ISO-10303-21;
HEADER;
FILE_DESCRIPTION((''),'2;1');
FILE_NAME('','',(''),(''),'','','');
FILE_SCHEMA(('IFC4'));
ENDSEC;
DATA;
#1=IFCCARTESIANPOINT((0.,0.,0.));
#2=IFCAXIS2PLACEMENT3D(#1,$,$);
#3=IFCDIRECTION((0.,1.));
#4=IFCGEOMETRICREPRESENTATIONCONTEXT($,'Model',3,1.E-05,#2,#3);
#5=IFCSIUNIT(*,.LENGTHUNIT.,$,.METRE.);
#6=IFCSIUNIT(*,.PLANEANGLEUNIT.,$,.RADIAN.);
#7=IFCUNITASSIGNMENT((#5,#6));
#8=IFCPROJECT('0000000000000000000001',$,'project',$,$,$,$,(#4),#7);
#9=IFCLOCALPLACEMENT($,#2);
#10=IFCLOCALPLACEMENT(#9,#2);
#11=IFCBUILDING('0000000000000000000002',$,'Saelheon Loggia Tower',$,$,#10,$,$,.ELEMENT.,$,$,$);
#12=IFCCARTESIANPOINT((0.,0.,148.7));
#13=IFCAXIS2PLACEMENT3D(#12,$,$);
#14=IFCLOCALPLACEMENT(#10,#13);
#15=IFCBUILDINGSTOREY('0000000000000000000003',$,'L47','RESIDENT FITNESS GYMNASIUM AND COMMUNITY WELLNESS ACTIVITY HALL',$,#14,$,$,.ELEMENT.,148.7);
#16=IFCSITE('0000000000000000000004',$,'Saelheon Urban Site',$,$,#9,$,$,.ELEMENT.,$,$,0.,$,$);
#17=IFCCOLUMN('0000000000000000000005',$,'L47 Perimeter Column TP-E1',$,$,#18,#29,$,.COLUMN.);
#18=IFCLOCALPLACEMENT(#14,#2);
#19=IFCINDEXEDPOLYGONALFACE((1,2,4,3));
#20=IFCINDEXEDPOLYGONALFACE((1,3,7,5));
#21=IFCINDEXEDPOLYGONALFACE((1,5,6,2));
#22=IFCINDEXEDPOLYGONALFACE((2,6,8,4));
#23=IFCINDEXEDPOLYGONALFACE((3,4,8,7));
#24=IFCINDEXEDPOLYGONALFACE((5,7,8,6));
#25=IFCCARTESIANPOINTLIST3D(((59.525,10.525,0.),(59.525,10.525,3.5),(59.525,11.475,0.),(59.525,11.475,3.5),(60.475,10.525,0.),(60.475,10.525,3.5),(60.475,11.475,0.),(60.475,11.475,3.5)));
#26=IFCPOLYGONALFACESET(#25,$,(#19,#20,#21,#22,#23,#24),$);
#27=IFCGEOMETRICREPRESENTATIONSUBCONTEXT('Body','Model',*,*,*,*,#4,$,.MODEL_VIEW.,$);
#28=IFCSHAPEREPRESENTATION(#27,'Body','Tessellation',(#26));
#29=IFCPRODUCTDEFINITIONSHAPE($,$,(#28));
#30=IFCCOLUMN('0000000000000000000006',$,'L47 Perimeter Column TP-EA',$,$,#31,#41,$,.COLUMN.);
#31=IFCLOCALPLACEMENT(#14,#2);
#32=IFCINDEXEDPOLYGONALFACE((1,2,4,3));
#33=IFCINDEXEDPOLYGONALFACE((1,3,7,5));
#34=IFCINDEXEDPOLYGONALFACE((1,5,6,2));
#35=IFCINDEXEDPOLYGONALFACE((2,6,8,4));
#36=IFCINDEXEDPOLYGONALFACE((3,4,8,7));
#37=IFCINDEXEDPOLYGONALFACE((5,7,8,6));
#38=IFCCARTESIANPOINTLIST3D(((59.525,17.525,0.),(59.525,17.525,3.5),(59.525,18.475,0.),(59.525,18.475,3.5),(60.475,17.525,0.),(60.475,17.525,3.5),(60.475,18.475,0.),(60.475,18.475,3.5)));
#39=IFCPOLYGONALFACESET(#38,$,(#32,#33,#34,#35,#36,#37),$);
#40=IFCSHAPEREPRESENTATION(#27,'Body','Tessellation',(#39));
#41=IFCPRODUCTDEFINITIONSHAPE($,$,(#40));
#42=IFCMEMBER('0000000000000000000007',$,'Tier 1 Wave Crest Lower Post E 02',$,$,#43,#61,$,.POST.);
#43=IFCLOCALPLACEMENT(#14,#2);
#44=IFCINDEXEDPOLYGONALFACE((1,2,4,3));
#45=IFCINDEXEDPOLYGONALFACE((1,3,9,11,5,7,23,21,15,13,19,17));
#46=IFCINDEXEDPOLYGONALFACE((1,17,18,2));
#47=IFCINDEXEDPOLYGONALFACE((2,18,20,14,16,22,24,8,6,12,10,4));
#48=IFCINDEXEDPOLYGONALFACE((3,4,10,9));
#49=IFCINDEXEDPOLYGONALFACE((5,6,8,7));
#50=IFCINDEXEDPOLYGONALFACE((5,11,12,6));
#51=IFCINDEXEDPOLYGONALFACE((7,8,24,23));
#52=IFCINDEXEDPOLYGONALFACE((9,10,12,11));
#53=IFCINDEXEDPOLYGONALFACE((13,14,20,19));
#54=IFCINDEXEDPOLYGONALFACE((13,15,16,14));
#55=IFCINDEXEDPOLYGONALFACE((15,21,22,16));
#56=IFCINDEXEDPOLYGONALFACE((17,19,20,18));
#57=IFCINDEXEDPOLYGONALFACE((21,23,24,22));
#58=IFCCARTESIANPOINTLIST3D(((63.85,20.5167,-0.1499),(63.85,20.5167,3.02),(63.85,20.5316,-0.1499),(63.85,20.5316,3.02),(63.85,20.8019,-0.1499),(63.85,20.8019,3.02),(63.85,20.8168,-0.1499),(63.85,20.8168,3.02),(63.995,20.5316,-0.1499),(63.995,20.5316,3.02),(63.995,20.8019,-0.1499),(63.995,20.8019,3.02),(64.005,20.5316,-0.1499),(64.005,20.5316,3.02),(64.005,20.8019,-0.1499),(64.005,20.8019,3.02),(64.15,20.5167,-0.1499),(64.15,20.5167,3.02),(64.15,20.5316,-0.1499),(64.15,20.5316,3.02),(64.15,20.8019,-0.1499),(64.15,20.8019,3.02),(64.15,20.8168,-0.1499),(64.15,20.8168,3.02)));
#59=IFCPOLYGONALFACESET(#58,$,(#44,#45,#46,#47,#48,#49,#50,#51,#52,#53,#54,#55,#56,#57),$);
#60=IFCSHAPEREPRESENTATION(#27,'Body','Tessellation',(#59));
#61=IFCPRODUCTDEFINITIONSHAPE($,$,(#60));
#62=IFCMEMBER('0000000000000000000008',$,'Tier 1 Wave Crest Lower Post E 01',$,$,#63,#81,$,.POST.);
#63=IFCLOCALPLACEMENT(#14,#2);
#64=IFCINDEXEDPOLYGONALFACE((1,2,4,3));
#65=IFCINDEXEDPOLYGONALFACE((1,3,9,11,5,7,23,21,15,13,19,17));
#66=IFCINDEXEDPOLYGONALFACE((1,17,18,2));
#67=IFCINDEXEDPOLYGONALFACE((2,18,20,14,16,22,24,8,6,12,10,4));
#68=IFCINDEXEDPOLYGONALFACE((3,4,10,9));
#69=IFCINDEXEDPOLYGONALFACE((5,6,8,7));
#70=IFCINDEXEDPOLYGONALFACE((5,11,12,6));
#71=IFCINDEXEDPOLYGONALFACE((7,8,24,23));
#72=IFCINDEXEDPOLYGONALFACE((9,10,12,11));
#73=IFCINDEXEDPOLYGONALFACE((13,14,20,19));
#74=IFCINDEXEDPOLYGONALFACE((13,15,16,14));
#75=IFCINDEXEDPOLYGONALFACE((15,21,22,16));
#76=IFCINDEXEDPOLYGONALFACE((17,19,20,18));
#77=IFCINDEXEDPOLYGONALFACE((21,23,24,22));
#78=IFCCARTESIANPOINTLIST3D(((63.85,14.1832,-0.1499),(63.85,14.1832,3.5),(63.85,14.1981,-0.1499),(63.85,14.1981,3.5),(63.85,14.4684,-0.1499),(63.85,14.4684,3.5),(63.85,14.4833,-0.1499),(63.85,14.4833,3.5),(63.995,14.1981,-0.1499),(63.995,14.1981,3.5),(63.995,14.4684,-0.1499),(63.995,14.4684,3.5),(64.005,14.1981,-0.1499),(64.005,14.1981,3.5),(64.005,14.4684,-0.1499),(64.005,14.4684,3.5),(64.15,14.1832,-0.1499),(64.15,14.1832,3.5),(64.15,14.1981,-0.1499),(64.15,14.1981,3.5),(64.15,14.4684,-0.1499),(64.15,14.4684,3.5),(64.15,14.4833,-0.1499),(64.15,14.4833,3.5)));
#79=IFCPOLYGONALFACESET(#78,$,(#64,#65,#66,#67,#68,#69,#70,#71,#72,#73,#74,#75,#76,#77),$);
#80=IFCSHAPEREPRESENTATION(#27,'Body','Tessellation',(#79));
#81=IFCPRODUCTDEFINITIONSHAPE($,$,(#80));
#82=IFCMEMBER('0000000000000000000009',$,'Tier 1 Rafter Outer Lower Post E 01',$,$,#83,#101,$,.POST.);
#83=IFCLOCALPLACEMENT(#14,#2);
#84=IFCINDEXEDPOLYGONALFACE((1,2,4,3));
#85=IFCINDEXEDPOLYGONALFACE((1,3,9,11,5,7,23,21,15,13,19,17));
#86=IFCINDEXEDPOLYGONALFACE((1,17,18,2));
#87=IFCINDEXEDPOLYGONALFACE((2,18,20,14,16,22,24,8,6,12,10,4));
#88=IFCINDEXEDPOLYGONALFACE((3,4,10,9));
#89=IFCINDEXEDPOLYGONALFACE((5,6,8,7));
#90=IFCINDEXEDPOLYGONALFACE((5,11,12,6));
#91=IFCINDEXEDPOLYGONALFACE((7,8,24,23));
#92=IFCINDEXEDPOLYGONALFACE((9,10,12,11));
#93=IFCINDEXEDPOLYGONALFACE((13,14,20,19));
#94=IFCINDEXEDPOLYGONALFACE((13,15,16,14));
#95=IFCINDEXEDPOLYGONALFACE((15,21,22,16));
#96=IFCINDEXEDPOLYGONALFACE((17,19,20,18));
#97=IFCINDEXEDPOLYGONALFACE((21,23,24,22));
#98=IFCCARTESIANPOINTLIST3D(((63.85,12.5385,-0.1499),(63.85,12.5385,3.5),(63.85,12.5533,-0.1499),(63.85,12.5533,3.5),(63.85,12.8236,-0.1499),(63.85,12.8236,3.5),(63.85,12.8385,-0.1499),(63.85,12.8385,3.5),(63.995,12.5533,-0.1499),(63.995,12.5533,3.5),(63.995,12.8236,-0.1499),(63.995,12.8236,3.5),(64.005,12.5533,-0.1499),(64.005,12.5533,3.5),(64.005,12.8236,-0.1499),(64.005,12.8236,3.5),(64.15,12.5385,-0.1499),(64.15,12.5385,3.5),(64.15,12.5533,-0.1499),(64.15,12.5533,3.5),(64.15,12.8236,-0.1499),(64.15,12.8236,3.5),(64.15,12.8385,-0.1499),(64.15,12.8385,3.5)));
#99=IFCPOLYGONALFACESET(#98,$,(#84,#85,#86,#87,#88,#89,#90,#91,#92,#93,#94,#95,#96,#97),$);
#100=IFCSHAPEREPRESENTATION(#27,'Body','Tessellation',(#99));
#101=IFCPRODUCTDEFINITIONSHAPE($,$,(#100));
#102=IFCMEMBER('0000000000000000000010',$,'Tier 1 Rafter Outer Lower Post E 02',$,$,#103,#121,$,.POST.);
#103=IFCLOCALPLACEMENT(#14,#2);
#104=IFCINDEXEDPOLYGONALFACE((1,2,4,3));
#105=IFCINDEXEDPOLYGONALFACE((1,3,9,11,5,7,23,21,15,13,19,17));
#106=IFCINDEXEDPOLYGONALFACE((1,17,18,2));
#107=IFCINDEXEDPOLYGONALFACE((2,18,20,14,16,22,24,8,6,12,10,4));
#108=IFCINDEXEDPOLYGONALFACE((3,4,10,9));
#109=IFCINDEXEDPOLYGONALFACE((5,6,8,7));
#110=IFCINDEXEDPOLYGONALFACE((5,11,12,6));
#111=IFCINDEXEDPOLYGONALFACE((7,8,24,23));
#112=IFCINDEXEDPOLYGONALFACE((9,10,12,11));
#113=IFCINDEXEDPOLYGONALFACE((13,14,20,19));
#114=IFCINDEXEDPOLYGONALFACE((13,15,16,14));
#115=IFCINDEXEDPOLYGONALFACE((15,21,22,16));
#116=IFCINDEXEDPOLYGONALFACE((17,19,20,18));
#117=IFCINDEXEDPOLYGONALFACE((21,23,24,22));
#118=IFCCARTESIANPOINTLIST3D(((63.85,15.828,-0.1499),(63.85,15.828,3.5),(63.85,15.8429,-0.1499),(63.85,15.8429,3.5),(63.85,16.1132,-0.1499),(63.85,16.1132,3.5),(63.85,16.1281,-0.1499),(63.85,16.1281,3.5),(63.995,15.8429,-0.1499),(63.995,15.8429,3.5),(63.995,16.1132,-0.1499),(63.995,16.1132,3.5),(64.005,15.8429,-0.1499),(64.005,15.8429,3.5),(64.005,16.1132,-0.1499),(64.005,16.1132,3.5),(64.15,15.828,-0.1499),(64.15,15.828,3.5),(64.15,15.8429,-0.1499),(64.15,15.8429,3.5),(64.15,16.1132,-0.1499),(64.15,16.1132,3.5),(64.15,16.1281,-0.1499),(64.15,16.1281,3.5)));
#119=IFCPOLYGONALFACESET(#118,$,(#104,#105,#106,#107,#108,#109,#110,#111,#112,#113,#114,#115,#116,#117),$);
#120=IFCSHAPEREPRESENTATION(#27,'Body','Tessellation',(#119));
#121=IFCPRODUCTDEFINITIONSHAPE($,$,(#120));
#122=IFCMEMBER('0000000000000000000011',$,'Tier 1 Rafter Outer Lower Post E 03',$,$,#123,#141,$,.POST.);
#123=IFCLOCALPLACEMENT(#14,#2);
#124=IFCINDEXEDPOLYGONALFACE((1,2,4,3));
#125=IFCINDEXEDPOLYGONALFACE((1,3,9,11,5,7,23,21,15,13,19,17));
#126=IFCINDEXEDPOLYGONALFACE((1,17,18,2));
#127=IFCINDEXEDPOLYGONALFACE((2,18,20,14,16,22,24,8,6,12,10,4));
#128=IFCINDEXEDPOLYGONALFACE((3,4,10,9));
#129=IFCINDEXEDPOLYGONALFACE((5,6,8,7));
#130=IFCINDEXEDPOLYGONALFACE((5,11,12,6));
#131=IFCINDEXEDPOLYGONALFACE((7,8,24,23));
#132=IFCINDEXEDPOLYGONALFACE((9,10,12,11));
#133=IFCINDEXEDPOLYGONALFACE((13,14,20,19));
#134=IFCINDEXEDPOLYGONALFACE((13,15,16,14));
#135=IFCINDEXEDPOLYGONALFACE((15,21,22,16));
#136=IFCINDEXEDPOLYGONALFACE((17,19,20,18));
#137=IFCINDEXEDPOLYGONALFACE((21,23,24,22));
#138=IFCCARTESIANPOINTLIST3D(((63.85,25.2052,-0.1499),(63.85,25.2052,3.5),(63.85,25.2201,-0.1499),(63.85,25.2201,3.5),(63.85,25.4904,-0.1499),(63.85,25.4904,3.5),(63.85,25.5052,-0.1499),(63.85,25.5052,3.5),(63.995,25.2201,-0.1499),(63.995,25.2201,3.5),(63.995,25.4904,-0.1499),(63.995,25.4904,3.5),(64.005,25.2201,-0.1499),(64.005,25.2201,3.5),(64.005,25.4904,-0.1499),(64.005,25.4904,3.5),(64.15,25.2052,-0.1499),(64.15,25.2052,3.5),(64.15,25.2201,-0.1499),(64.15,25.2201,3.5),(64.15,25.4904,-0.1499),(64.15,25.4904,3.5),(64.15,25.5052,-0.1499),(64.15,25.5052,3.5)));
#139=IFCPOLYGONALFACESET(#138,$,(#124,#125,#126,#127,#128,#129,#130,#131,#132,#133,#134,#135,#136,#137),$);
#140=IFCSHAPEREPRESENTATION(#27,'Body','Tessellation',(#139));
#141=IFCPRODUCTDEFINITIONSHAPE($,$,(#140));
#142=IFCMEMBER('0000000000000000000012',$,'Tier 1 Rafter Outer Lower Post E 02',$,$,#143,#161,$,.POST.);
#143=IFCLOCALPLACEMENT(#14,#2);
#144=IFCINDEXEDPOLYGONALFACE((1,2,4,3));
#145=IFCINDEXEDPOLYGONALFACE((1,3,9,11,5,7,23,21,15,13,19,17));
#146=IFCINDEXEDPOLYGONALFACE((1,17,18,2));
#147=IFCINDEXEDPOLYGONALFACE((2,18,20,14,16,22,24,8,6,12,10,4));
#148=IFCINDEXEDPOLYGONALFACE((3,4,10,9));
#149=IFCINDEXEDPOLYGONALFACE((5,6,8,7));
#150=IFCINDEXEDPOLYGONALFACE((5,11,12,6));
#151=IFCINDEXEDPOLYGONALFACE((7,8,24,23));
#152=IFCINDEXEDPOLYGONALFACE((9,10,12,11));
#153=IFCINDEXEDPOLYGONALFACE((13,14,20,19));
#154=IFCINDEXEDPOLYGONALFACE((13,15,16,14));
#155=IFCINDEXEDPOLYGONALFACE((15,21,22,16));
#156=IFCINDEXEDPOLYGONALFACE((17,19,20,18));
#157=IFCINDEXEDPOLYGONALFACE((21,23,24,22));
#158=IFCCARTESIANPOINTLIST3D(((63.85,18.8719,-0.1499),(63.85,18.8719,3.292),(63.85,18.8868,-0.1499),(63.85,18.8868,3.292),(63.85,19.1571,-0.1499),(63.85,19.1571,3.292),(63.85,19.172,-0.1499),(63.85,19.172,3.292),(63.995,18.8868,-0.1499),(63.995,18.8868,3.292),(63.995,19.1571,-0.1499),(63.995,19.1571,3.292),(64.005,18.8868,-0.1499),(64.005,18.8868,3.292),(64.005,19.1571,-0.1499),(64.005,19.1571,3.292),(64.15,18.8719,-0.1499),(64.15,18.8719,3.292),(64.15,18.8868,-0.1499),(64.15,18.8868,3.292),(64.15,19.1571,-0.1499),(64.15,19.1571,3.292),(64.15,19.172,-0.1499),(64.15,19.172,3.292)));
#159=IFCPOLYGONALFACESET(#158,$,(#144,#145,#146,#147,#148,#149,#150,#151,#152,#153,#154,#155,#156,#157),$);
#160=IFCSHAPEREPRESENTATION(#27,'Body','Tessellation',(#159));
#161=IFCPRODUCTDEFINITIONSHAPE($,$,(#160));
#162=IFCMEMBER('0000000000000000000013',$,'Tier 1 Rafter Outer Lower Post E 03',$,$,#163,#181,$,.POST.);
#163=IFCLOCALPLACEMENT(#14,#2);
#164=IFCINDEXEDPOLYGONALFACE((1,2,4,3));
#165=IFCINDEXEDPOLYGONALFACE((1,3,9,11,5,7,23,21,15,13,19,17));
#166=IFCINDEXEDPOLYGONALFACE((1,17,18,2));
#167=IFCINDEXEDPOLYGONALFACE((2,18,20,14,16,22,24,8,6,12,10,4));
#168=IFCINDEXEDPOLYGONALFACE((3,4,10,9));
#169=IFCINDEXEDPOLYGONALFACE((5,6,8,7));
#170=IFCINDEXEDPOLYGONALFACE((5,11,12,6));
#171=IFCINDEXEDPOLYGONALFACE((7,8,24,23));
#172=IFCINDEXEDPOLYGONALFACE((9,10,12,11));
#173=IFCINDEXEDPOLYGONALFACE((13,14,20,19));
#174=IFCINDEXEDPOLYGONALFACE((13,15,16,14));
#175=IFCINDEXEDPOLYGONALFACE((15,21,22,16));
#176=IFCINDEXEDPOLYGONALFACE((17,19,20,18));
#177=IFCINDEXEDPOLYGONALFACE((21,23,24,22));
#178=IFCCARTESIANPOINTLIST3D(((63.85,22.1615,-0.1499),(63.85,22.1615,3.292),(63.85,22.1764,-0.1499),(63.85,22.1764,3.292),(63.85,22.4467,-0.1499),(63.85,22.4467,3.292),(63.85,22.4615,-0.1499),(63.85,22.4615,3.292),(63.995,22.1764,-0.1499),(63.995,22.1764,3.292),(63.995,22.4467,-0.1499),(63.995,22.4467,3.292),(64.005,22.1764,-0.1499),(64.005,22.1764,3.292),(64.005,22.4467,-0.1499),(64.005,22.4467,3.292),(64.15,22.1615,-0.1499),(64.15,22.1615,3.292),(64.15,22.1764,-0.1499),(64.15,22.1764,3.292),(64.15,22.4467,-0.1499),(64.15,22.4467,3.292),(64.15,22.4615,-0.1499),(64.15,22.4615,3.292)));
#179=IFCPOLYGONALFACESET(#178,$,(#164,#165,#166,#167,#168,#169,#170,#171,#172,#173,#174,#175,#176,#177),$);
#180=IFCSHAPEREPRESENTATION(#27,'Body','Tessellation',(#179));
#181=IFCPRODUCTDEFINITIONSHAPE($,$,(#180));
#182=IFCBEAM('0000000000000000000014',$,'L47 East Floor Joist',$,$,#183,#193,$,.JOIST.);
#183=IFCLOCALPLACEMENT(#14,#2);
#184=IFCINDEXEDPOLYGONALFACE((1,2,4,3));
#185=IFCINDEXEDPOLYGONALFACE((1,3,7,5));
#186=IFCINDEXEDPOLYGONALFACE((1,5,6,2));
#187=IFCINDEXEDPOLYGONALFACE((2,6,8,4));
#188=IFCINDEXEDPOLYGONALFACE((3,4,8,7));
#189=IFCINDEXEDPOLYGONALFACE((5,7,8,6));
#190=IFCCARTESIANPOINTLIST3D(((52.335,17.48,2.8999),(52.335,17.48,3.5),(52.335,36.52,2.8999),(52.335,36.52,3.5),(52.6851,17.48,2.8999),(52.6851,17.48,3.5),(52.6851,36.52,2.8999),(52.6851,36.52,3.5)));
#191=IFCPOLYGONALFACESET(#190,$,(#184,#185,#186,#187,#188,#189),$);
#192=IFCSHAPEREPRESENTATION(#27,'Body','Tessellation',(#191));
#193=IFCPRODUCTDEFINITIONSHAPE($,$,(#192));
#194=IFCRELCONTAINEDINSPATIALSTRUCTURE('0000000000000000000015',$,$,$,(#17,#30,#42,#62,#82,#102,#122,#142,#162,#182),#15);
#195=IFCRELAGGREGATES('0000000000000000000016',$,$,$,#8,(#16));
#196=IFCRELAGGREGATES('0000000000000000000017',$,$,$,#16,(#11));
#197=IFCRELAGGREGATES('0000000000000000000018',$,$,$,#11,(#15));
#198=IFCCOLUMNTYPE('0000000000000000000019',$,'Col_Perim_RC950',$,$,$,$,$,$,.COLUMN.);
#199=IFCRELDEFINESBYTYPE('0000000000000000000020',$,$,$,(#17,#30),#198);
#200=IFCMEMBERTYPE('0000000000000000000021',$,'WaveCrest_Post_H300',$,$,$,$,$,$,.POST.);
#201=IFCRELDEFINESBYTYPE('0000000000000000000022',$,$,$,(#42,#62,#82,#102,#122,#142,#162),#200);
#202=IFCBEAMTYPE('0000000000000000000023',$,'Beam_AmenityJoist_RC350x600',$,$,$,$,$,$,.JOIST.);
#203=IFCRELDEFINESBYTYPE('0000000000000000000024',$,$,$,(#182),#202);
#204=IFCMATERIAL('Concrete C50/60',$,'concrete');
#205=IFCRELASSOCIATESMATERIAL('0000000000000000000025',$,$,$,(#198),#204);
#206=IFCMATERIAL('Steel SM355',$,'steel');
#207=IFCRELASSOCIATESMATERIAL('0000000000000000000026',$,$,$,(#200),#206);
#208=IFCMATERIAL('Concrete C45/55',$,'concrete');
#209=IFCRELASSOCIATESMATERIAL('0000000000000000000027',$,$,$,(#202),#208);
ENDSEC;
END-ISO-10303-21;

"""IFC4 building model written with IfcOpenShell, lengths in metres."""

from ifc_helpers import new_model, si_unit, direction, frame, origin, origin_2d, place, context, subcontext, project, spatial, rectangle, i_section, extrude, source, transform, mapped, material, material_profile, profile_set, type_object, element, save


model = new_model("IFC4")

# Units and contexts
model_context = context("Model", 3, precision=1e-05, world=origin(), true_north=direction((0.0, 1.0)))
body_context = subcontext(model_context, "Body", "Model", "MODEL_VIEW")
ifc_project = project(units=[si_unit("LENGTHUNIT", "METRE"), si_unit("PLANEANGLEUNIT", "RADIAN")], contexts=[model_context])

# Site, building, storey
site_placement = place(None, origin())
site = spatial("IfcSite", under=ifc_project, at=site_placement, Name="Saelheon Urban Site", CompositionType="ELEMENT", RefElevation=0.0)
building_placement = place(site_placement, origin())
building = spatial("IfcBuilding", under=site, at=building_placement, Name="Saelheon Loggia Tower", CompositionType="ELEMENT")
storey_placement = place(building_placement, frame((0.0, 0.0, 148.7)))
storey = spatial("IfcBuildingStorey", under=building, at=storey_placement, Name="L47", Description="RESIDENT FITNESS GYMNASIUM AND COMMUNITY WELLNESS ACTIVITY HALL", CompositionType="ELEMENT", Elevation=148.7)

# Columns
ifc_material_1 = material(Name="Concrete C50/60", Category="concrete")
ifc_material_profile_1 = material_profile(ifc_material_1, rectangle(XDim=0.95, YDim=0.95, at=origin_2d()), Name="RC-950x950")
ifc_profile_set_1 = profile_set([ifc_material_profile_1], Name="Concrete C50/60")
column_type = type_object("IfcColumnType", Name="Col_Perim_RC950", PredefinedType="COLUMN", material=ifc_profile_set_1)
shared_shape_1 = source(origin(), body_context, "Body", "SweptSolid", [
    extrude(rectangle(XDim=0.95, YDim=0.95, at=origin_2d()), origin(), (0.0, 0.0, 1.0), 3.5),
])
for number, where, z_axis, x_axis, name in (
    (1, (60.0, 11.0, 0.0), (0.0, 0.0, 1.0), (1.0, 0.0, 0.0), "L47 Perimeter Column TP-E1"),
    (2, (60.0, 18.0, 0.0), (0.0, 0.0, 1.0), (1.0, 0.0, 0.0), "L47 Perimeter Column TP-EA"),
):
    element("IfcColumn", number, at=place(storey_placement, frame(where, z_axis=z_axis, x_axis=x_axis)), inside=storey, type_object=column_type, Name=name, PredefinedType="COLUMN", context=body_context, shape_type="MappedRepresentation", body=[
        mapped(shared_shape_1, transform((0.0, 0.0, 0.0), scale=1.0)),
    ])

# Members
ifc_material_2 = material(Name="Steel SM355", Category="steel")
ifc_material_profile_2 = material_profile(ifc_material_2, i_section(OverallWidth=0.3, OverallDepth=0.3, WebThickness=0.01, FlangeThickness=0.0149, at=origin_2d()), Name="H-300x300x10x15")
ifc_profile_set_2 = profile_set([ifc_material_profile_2], Name="Steel SM355")
member_type = type_object("IfcMemberType", Name="WaveCrest_Post_H300", PredefinedType="POST", material=ifc_profile_set_2)
shared_shape_2 = source(origin(), body_context, "Body", "SweptSolid", [
    extrude(i_section(OverallWidth=0.3, OverallDepth=0.3, WebThickness=0.01, FlangeThickness=0.0149, at=origin_2d()), origin(), (0.0, 0.0, 1.0), 3.1699),
])
member_placement = place(storey_placement, frame((64.0, 20.6667, -0.1499), z_axis=(0.0, 0.0, 1.0), x_axis=(1.0, 0.0, 0.0)))
element("IfcMember", 3, at=member_placement, inside=storey, type_object=member_type, Name="Tier 1 Wave Crest Lower Post E 02", PredefinedType="POST", context=body_context, shape_type="MappedRepresentation", body=[
    mapped(shared_shape_2, transform((0.0, 0.0, 0.0), scale=1.0)),
])
shared_shape_3 = source(origin(), body_context, "Body", "SweptSolid", [
    extrude(i_section(OverallWidth=0.3, OverallDepth=0.3, WebThickness=0.01, FlangeThickness=0.0149, at=origin_2d()), origin(), (0.0, 0.0, 1.0), 3.6499),
])
for number, where, z_axis, x_axis, name in (
    (4, (64.0, 14.3333, -0.1499), (0.0, 0.0, 1.0), (1.0, 0.0, 0.0), "Tier 1 Wave Crest Lower Post E 01"),
    (5, (64.0, 12.6885, -0.1499), (0.0, 0.0, 1.0), (1.0, 0.0, 0.0), "Tier 1 Rafter Outer Lower Post E 01"),
    (6, (64.0, 15.978, -0.1499), (0.0, 0.0, 1.0), (1.0, 0.0, 0.0), "Tier 1 Rafter Outer Lower Post E 02"),
    (7, (64.0, 25.3552, -0.1499), (0.0, 0.0, 1.0), (1.0, 0.0, 0.0), "Tier 1 Rafter Outer Lower Post E 03"),
):
    element("IfcMember", number, at=place(storey_placement, frame(where, z_axis=z_axis, x_axis=x_axis)), inside=storey, type_object=member_type, Name=name, PredefinedType="POST", context=body_context, shape_type="MappedRepresentation", body=[
        mapped(shared_shape_3, transform((0.0, 0.0, 0.0), scale=1.0)),
    ])
shared_shape_4 = source(origin(), body_context, "Body", "SweptSolid", [
    extrude(i_section(OverallWidth=0.3, OverallDepth=0.3, WebThickness=0.01, FlangeThickness=0.0149, at=origin_2d()), origin(), (0.0, 0.0, 1.0), 3.4419),
])
for number, where, z_axis, x_axis, name in (
    (8, (64.0, 19.022, -0.1499), (0.0, 0.0, 1.0), (1.0, 0.0, 0.0), "Tier 1 Rafter Outer Lower Post E 02"),
    (9, (64.0, 22.3115, -0.1499), (0.0, 0.0, 1.0), (1.0, 0.0, 0.0), "Tier 1 Rafter Outer Lower Post E 03"),
):
    element("IfcMember", number, at=place(storey_placement, frame(where, z_axis=z_axis, x_axis=x_axis)), inside=storey, type_object=member_type, Name=name, PredefinedType="POST", context=body_context, shape_type="MappedRepresentation", body=[
        mapped(shared_shape_4, transform((0.0, 0.0, 0.0), scale=1.0)),
    ])

# Beam
ifc_material_3 = material(Name="Concrete C45/55", Category="concrete")
ifc_material_profile_3 = material_profile(ifc_material_3, rectangle(XDim=0.3501, YDim=0.6001, at=origin_2d()), Name="RC-350x600")
ifc_profile_set_3 = profile_set([ifc_material_profile_3], Name="Concrete C45/55")
beam_type_1 = type_object("IfcBeamType", Name="Beam_AmenityJoist_RC350x600", PredefinedType="JOIST", material=ifc_profile_set_3)
shared_shape_5 = source(origin(), body_context, "Body", "SweptSolid", [
    extrude(rectangle(XDim=0.3501, YDim=0.6001, at=origin_2d()), origin(), (0.0, 0.0, 1.0), 19.04),
])
beam_1_placement = place(storey_placement, frame((52.51, 17.48, 3.2), z_axis=(0.0, 1.0, 0.0), x_axis=(-1.0, 0.0, 0.0)))
element("IfcBeam", 10, at=beam_1_placement, inside=storey, type_object=beam_type_1, Name="L47 East Floor Joist", PredefinedType="JOIST", context=body_context, shape_type="MappedRepresentation", body=[
    mapped(shared_shape_5, transform((0.0, 0.0, 0.0), scale=1.0)),
])

save(model, "model.ifc")
